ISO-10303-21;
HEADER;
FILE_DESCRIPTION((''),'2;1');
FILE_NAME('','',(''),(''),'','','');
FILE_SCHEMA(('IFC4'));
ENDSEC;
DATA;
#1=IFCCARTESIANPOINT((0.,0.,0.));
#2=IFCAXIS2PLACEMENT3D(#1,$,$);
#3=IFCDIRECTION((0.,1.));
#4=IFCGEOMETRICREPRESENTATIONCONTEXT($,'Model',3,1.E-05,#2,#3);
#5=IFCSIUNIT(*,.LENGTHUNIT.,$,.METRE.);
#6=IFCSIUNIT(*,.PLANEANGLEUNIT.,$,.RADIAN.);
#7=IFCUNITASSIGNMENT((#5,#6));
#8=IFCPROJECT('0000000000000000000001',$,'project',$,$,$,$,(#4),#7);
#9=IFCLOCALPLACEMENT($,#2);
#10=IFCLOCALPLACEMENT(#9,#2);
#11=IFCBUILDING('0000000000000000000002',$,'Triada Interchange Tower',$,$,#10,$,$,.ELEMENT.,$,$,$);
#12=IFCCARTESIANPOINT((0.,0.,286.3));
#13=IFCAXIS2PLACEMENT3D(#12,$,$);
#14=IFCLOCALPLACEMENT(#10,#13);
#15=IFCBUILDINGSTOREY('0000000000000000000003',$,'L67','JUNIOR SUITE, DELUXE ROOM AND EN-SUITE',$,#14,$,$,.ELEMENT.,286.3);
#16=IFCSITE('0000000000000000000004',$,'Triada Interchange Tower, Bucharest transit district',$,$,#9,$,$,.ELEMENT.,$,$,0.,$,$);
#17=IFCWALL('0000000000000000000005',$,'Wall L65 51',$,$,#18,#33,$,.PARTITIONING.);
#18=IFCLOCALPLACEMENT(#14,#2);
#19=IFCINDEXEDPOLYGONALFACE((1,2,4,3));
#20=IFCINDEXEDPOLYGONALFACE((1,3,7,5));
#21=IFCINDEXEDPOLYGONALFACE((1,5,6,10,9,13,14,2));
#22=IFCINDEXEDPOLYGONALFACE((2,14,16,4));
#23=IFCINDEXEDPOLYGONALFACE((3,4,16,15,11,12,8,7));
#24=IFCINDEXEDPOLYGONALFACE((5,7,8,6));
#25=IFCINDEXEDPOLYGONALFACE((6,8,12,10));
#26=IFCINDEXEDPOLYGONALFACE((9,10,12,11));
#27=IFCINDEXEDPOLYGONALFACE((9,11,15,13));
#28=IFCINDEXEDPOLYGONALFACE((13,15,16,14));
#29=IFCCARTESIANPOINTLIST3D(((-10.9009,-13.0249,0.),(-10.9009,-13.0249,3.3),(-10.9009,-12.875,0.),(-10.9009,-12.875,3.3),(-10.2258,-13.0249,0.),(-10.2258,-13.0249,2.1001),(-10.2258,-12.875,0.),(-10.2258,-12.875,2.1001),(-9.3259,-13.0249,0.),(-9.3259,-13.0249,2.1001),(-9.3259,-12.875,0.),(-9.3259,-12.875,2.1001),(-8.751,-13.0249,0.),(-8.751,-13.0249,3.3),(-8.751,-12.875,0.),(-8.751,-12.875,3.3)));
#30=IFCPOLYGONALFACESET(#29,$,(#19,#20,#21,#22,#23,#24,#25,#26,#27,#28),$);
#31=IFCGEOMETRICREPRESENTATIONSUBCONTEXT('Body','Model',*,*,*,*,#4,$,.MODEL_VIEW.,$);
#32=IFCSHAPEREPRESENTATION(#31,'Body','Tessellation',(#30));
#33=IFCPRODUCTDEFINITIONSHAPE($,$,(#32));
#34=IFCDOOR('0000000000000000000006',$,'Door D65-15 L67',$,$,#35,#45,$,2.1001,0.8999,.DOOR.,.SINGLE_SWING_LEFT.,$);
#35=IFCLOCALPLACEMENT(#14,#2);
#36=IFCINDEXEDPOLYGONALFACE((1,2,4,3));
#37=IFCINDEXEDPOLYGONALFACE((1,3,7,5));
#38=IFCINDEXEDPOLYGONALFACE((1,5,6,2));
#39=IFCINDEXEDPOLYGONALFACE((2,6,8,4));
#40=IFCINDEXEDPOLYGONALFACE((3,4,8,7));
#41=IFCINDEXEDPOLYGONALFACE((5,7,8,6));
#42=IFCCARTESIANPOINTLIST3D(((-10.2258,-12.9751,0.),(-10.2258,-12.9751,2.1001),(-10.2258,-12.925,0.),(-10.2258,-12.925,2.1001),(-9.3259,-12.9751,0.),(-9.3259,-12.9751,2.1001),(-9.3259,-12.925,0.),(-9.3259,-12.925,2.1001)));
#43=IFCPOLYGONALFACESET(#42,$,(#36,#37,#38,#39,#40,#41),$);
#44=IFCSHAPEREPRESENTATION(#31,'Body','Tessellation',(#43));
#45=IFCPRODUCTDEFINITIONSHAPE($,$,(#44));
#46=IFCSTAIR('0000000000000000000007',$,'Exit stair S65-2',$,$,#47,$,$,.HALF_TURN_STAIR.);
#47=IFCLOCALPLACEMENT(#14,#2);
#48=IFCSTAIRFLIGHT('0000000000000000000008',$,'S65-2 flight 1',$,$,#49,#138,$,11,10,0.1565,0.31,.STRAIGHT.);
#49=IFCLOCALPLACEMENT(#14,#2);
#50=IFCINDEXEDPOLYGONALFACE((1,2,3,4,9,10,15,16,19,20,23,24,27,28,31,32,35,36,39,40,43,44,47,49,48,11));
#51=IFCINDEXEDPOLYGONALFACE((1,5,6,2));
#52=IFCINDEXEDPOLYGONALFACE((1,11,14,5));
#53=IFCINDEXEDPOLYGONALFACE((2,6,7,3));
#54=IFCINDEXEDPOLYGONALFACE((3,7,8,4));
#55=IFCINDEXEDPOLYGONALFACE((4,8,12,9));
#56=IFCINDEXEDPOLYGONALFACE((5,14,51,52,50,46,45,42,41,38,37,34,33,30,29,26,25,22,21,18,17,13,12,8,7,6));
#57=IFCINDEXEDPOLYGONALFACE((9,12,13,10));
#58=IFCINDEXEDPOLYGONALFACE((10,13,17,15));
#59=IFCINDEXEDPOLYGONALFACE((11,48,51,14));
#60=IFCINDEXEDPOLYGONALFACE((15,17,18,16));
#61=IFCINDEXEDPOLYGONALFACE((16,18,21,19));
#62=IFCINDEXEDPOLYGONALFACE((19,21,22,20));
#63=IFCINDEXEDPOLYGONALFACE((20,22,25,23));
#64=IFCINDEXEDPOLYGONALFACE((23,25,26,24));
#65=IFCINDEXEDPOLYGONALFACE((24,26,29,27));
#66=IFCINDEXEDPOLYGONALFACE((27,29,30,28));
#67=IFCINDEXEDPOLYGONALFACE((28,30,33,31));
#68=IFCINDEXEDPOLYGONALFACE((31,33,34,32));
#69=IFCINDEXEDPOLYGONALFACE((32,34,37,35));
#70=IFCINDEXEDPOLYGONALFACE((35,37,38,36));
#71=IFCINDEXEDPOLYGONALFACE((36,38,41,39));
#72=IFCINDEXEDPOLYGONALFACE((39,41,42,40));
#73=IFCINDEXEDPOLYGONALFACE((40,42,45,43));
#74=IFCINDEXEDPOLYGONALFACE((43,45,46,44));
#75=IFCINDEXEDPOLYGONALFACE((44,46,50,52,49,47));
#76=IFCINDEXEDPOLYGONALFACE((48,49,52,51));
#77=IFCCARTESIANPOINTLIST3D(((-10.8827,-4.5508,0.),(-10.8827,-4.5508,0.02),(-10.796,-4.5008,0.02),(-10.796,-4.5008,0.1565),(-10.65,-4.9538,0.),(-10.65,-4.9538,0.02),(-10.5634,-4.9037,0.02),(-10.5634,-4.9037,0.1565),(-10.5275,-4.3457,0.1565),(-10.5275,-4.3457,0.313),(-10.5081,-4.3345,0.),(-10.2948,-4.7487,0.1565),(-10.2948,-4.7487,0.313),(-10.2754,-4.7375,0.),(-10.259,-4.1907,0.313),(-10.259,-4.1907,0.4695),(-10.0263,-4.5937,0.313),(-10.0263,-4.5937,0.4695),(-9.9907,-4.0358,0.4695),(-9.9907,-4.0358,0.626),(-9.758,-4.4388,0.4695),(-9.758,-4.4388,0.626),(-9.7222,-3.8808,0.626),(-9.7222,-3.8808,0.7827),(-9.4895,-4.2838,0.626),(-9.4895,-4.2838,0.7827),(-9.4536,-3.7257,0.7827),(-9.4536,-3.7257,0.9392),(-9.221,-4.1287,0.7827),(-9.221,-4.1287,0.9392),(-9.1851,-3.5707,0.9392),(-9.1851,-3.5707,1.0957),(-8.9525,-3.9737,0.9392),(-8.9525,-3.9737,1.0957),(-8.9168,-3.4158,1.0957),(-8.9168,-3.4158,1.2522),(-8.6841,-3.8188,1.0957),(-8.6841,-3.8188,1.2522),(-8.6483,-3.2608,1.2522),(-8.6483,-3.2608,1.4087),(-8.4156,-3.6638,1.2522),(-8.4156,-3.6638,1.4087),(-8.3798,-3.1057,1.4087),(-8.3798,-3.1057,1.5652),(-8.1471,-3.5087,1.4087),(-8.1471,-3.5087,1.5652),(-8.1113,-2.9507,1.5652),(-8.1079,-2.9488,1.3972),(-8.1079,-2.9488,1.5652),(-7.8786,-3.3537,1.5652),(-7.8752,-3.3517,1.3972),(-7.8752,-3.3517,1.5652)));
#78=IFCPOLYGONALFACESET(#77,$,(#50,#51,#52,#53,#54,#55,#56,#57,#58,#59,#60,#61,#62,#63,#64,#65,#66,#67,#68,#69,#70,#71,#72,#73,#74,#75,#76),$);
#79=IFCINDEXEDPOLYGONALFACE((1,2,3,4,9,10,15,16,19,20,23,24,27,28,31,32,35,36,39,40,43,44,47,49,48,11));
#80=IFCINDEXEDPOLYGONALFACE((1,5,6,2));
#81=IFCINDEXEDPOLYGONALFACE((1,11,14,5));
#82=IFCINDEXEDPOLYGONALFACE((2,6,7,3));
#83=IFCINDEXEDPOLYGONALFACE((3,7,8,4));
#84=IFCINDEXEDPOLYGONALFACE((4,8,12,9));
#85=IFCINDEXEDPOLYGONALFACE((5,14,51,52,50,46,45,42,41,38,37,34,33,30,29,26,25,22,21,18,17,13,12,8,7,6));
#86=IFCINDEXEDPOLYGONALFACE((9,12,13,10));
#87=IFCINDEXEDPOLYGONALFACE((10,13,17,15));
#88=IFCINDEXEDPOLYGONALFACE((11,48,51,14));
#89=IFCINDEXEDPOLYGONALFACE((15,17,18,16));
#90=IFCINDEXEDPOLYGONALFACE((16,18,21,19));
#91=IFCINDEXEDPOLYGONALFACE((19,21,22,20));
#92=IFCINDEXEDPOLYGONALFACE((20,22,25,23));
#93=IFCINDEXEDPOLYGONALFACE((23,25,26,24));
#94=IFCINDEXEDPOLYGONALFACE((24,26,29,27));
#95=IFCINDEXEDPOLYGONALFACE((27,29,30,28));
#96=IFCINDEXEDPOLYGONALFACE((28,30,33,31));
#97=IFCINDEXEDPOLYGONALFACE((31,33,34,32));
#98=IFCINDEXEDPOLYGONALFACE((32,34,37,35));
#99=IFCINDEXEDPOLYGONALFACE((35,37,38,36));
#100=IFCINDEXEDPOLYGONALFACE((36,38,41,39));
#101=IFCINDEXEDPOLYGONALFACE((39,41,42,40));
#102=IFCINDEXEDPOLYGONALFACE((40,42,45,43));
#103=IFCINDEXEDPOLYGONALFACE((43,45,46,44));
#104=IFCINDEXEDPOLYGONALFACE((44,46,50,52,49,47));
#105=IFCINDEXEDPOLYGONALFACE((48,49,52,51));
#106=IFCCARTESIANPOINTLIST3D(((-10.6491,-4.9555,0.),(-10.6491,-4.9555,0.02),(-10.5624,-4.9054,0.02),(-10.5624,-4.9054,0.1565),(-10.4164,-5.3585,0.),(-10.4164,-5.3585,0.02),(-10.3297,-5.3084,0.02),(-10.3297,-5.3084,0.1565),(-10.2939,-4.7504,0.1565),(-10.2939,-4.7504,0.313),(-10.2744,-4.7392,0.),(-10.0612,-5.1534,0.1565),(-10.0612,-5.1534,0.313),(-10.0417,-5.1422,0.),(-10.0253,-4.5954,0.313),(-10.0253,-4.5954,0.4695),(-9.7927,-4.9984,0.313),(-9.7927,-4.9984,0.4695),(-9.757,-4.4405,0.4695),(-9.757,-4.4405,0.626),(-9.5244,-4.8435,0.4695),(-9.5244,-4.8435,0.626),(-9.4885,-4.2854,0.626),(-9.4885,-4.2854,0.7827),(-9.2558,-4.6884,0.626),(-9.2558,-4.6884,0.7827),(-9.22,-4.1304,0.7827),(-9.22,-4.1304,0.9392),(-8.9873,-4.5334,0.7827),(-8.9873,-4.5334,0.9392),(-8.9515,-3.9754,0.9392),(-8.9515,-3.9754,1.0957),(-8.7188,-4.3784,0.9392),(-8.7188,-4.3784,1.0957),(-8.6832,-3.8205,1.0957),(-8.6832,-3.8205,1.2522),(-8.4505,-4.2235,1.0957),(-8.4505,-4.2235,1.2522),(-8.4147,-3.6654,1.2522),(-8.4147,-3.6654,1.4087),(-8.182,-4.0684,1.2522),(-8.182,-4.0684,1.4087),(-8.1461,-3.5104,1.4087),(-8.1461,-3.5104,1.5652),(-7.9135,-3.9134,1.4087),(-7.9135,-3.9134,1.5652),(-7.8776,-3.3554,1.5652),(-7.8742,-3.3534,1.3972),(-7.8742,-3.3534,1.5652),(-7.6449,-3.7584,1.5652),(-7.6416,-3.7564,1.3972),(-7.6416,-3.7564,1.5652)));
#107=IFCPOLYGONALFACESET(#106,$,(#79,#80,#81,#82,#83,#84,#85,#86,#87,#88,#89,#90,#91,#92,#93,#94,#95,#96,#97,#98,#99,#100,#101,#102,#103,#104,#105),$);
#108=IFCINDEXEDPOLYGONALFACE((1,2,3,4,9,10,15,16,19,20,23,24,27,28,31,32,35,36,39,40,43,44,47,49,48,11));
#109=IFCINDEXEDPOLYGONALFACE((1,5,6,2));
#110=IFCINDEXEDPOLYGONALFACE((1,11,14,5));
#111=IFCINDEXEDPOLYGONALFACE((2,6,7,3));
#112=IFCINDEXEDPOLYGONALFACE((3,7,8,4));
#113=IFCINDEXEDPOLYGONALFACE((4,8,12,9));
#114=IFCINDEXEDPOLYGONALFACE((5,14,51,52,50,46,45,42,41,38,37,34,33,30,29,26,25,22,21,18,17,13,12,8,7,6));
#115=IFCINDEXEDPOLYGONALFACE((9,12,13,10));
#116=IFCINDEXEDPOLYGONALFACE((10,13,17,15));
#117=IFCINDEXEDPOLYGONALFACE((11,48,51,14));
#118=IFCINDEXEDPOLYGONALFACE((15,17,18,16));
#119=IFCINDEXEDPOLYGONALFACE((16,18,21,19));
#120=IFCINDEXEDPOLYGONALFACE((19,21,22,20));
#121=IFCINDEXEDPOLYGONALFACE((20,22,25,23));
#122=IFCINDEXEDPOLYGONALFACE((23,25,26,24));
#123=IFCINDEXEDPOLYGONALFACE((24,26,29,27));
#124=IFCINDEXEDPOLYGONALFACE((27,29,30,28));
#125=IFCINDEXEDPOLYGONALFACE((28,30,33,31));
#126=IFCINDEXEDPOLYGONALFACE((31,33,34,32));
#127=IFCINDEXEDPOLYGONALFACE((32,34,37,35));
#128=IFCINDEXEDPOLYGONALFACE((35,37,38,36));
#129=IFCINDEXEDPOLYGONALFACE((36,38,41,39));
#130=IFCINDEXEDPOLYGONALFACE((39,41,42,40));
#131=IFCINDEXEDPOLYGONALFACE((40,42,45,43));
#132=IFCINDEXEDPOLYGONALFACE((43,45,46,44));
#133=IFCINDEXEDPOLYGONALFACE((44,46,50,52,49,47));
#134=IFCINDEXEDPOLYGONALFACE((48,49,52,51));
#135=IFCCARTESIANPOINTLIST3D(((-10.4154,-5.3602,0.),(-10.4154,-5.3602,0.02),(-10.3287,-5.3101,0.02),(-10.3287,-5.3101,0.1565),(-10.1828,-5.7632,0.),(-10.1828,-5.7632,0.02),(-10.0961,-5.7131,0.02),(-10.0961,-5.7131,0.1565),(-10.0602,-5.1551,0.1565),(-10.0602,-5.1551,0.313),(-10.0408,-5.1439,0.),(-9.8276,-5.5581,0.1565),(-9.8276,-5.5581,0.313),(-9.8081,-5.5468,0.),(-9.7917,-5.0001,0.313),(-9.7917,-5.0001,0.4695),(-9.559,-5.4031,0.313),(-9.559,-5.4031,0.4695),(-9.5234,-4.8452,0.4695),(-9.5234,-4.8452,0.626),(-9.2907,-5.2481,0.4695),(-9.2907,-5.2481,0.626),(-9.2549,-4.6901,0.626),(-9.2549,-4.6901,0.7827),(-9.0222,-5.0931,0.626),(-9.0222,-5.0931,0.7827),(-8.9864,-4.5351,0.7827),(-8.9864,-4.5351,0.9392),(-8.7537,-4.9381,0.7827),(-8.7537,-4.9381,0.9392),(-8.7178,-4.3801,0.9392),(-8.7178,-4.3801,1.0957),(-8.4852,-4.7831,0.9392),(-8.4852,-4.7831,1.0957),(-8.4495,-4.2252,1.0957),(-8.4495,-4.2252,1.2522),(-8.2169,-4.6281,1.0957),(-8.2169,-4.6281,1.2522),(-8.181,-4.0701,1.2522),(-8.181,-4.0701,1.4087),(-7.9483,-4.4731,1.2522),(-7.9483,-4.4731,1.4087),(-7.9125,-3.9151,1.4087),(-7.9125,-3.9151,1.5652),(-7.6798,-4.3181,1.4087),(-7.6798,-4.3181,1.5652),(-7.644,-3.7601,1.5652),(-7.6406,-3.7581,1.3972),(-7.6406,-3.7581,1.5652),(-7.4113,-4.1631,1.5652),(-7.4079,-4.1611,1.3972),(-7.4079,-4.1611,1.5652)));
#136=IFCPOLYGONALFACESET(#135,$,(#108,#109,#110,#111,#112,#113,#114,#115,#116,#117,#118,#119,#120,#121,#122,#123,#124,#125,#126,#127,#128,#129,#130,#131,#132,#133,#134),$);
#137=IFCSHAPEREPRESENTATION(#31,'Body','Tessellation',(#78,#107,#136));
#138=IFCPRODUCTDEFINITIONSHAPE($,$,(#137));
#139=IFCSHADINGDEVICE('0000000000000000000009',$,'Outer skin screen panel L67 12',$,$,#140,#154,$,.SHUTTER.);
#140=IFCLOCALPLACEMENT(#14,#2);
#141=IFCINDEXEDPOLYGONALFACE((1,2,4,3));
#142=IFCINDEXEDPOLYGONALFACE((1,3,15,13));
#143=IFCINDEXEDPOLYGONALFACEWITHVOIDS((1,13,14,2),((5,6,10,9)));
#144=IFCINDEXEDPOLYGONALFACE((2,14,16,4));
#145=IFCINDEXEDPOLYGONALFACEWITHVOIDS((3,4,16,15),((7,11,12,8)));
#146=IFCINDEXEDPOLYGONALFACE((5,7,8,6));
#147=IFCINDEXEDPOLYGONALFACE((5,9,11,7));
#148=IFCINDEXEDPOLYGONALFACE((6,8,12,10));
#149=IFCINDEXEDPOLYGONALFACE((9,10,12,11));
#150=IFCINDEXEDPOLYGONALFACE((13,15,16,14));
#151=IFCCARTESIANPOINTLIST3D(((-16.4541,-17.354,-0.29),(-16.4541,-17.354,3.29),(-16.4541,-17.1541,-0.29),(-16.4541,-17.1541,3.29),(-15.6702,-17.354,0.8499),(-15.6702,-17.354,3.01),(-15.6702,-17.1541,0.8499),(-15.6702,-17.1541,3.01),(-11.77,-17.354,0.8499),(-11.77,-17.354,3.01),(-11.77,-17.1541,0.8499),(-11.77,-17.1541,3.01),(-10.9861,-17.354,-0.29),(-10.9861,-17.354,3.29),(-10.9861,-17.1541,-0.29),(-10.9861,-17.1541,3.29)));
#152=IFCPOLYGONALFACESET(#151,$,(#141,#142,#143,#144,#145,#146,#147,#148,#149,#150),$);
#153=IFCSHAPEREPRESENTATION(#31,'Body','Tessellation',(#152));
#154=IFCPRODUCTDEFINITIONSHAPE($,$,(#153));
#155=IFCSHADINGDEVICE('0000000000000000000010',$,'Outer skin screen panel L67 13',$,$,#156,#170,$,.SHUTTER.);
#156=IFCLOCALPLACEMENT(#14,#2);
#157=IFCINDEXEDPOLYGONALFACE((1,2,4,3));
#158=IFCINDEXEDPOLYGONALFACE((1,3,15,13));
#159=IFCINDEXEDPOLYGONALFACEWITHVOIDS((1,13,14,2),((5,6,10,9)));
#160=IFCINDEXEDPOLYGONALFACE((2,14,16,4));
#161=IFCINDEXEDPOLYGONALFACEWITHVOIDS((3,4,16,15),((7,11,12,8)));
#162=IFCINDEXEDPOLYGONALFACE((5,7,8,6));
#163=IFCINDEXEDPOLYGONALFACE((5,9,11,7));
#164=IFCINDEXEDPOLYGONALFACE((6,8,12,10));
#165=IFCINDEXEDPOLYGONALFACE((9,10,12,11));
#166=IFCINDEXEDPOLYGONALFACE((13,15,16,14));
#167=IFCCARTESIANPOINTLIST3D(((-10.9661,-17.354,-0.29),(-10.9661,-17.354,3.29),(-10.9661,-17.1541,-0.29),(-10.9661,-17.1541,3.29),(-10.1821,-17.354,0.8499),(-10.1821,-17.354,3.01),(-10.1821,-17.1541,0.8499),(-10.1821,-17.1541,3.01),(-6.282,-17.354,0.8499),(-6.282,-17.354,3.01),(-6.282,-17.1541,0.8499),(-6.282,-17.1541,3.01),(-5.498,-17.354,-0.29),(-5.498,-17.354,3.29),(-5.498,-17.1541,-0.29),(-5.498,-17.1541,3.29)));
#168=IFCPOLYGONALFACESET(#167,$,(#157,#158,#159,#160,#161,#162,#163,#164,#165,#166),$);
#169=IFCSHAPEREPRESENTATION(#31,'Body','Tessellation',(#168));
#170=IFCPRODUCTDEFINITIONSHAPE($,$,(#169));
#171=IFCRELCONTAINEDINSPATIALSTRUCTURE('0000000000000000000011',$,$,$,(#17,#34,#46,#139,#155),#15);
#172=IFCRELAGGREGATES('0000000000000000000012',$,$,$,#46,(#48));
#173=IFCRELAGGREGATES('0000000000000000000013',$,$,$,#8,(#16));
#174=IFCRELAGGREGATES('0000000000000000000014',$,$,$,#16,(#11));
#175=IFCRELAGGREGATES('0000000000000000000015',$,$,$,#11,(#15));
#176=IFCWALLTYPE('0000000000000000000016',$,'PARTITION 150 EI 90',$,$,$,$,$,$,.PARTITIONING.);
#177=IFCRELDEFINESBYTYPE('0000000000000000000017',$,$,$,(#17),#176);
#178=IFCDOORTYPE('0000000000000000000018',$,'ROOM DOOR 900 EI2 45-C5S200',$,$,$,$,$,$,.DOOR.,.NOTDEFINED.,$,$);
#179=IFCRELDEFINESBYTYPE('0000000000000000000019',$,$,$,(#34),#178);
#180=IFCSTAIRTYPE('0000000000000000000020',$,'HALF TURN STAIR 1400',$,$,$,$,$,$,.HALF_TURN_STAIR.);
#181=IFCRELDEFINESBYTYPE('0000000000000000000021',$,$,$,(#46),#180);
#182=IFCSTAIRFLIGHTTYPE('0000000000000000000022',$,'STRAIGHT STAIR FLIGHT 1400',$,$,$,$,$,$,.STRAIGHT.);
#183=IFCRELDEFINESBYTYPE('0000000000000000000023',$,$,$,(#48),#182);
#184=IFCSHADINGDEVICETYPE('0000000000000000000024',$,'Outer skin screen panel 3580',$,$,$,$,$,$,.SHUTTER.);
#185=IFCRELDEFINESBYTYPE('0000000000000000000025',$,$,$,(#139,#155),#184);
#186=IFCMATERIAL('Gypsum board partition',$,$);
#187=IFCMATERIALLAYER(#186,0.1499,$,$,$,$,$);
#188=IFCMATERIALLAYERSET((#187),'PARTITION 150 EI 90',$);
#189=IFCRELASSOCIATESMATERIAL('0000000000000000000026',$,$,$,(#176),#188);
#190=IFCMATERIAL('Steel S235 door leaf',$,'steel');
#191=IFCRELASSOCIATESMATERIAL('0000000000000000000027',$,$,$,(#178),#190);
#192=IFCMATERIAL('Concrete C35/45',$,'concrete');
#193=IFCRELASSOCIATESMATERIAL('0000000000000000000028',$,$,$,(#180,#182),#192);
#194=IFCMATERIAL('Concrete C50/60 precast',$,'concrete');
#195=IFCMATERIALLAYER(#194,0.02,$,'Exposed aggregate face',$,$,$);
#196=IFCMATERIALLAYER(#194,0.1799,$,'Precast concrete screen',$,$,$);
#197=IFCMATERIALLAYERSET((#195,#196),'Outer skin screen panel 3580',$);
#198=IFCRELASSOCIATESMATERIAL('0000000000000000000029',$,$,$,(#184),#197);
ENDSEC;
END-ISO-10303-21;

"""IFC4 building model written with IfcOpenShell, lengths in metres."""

from ifc_helpers import new_model, si_unit, direction, frame, frame_2d, origin, place, context, subcontext, project, spatial, polyline, rectangle, outline, extrude, material, layer, layer_set, type_object, element, fill, aggregate, save


model = new_model("IFC4")

# Units and contexts
model_context = context("Model", 3, precision=1e-05, world=origin(), true_north=direction((0.0, 1.0)))
body_context = subcontext(model_context, "Body", "Model", "MODEL_VIEW")
ifc_project = project(units=[si_unit("LENGTHUNIT", "METRE"), si_unit("PLANEANGLEUNIT", "RADIAN")], contexts=[model_context])

# Site, building, storey
site_placement = place(None, origin())
site = spatial("IfcSite", under=ifc_project, at=site_placement, Name="Triada Interchange Tower, Bucharest transit district", CompositionType="ELEMENT", RefElevation=0.0)
building_placement = place(site_placement, origin())
building = spatial("IfcBuilding", under=site, at=building_placement, Name="Triada Interchange Tower", CompositionType="ELEMENT")
storey_placement = place(building_placement, frame((0.0, 0.0, 286.3)))
storey = spatial("IfcBuildingStorey", under=building, at=storey_placement, Name="L67", Description="JUNIOR SUITE, DELUXE ROOM AND EN-SUITE", CompositionType="ELEMENT", Elevation=286.3)

# Shared definitions
ifc_material_1 = material(Name="Steel S235 door leaf", Category="steel")

# Shared definitions
ifc_material_2 = material(Name="Gypsum board partition")
ifc_layer_1 = layer(ifc_material_2, 0.1499)
ifc_layer_set_1 = layer_set([ifc_layer_1], Name="PARTITION 150 EI 90")
wall_type_1 = type_object("IfcWallType", Name="PARTITION 150 EI 90", PredefinedType="PARTITIONING", material=ifc_layer_set_1)

# Wall, opening, door
wall_1_placement = place(storey_placement, frame((-10.9009, -12.95, 0.0), z_axis=(0.0, 0.0, 1.0), x_axis=(1.0, 0.0, 0.0)))
wall_1 = element("IfcWall", 1, at=wall_1_placement, inside=storey, type_object=wall_type_1, Name="Wall L65 51", PredefinedType="PARTITIONING", context=body_context, shape_type="SweptSolid", body=[
    extrude(rectangle(XDim=2.1499, YDim=0.1499, at=frame_2d((1.075, 0.0))), origin(), (0.0, 0.0, 1.0), 3.3),
])
opening_1_placement = place(wall_1_placement, frame((0.675, 0.0, 0.0)))
opening_1 = element("IfcOpeningElement", 2, at=opening_1_placement, cuts=wall_1, PredefinedType="OPENING", context=body_context, shape_type="SweptSolid", body=[
    extrude(rectangle(XDim=0.8999, YDim=2.1001, at=frame_2d((0.45, 1.05))), frame((0.0, 0.085, 0.0), z_axis=(0.0, -1.0, 0.0), x_axis=(1.0, 0.0, 0.0)), (0.0, 0.0, 1.0), 0.1699),
])
door_type_1 = type_object("IfcDoorType", Name="ROOM DOOR 900 EI2 45-C5S200", OperationType="NOTDEFINED", PredefinedType="DOOR", material=ifc_material_1)
door_1_placement = place(opening_1_placement, origin())
door_1 = element("IfcDoor", 3, at=door_1_placement, inside=storey, type_object=door_type_1, Name="Door D65-15 L67", OperationType="SINGLE_SWING_LEFT", OverallHeight=2.1001, OverallWidth=0.8999, PredefinedType="DOOR", context=body_context, shape_type="SweptSolid", body=[
    extrude(rectangle(XDim=0.8999, YDim=2.1001, at=frame_2d((0.45, 1.05))), frame((0.0, 0.0249, 0.0), z_axis=(0.0, -1.0, 0.0), x_axis=(1.0, 0.0, 0.0)), (0.0, 0.0, 1.0), 0.05),
])
fill(opening_1, door_1)

# Stair, stair flight
ifc_material_3 = material(Name="Concrete C35/45", Category="concrete")
stair_type = type_object("IfcStairType", Name="HALF TURN STAIR 1400", PredefinedType="HALF_TURN_STAIR", material=ifc_material_3)
stair_placement = place(storey_placement, origin())
stair = element("IfcStair", 4, at=stair_placement, inside=storey, type_object=stair_type, Name="Exit stair S65-2", PredefinedType="HALF_TURN_STAIR")
stair_flight_type = type_object("IfcStairFlightType", Name="STRAIGHT STAIR FLIGHT 1400", PredefinedType="STRAIGHT", material=ifc_material_3)
stair_flight_placement = place(storey_placement, frame((-10.446, -5.1069, 0.0), z_axis=(0.0, 0.0, 1.0), x_axis=(0.866025, 0.5, 0.0)))
stair_flight = element("IfcStairFlight", 5, at=stair_flight_placement, type_object=stair_flight_type, Name="S65-2 flight 1", NumberOfRisers=11, NumberOfTreads=10, PredefinedType="STRAIGHT", RiserHeight=0.1565, TreadLength=0.31, context=body_context, shape_type="SweptSolid", body=[
    extrude(outline(polyline([(-0.1001, 0.0), (-0.1001, 0.02), (0.0, 0.02), (0.0, 0.1565), (0.3101, 0.1565), (0.3101, 0.313), (0.6201, 0.313), (0.6201, 0.4695), (0.9299, 0.4695), (0.9299, 0.626), (1.24, 0.626), (1.24, 0.7827), (1.55, 0.7827), (1.55, 0.9392), (1.8601, 0.9392), (1.8601, 1.0957), (2.1699, 1.0957), (2.1699, 1.2522), (2.48, 1.2522), (2.48, 1.4087), (2.79, 1.4087), (2.79, 1.5652), (3.1001, 1.5652), (3.104, 1.5652), (3.104, 1.7217), (3.104, 1.3972), (0.3325, 0.0), (-0.1001, 0.0)])), frame((0.0, 0.7, 0.0), z_axis=(0.0, -1.0, 0.0), x_axis=(1.0, 0.0, 0.0)), (0.0, 0.0, 1.0), 0.4653),
    extrude(outline(polyline([(-0.1001, 0.0), (-0.1001, 0.02), (0.0, 0.02), (0.0, 0.1565), (0.3101, 0.1565), (0.3101, 0.313), (0.6201, 0.313), (0.6201, 0.4695), (0.9299, 0.4695), (0.9299, 0.626), (1.24, 0.626), (1.24, 0.7827), (1.55, 0.7827), (1.55, 0.9392), (1.8601, 0.9392), (1.8601, 1.0957), (2.1699, 1.0957), (2.1699, 1.2522), (2.48, 1.2522), (2.48, 1.4087), (2.79, 1.4087), (2.79, 1.5652), (3.1001, 1.5652), (3.104, 1.5652), (3.104, 1.7217), (3.104, 1.3972), (0.3325, 0.0), (-0.1001, 0.0)])), frame((0.0, 0.2327, 0.0), z_axis=(0.0, -1.0, 0.0), x_axis=(1.0, 0.0, 0.0)), (0.0, 0.0, 1.0), 0.4653),
    extrude(outline(polyline([(-0.1001, 0.0), (-0.1001, 0.02), (0.0, 0.02), (0.0, 0.1565), (0.3101, 0.1565), (0.3101, 0.313), (0.6201, 0.313), (0.6201, 0.4695), (0.9299, 0.4695), (0.9299, 0.626), (1.24, 0.626), (1.24, 0.7827), (1.55, 0.7827), (1.55, 0.9392), (1.8601, 0.9392), (1.8601, 1.0957), (2.1699, 1.0957), (2.1699, 1.2522), (2.48, 1.2522), (2.48, 1.4087), (2.79, 1.4087), (2.79, 1.5652), (3.1001, 1.5652), (3.104, 1.5652), (3.104, 1.7217), (3.104, 1.3972), (0.3325, 0.0), (-0.1001, 0.0)])), frame((0.0, -0.2346, 0.0), z_axis=(0.0, -1.0, 0.0), x_axis=(1.0, 0.0, 0.0)), (0.0, 0.0, 1.0), 0.4653),
])

# Shading devices
ifc_material_4 = material(Name="Concrete C50/60 precast", Category="concrete")
ifc_layer_2 = layer(ifc_material_4, 0.02, Name="Exposed aggregate face")
ifc_layer_3 = layer(ifc_material_4, 0.1799, Name="Precast concrete screen")
ifc_layer_set_2 = layer_set([ifc_layer_2, ifc_layer_3], Name="Outer skin screen panel 3580")
shading_device_type = type_object("IfcShadingDeviceType", Name="Outer skin screen panel 3580", PredefinedType="SHUTTER", material=ifc_layer_set_2)
for number, where, z_axis, x_axis, name in (
    (6, (-16.4541, -17.1541, -0.29), (0.0, 0.0, 1.0), (1.0, 0.0, 0.0), "Outer skin screen panel L67 12"),
    (7, (-10.9661, -17.1541, -0.29), (0.0, 0.0, 1.0), (1.0, 0.0, 0.0), "Outer skin screen panel L67 13"),
):
    element("IfcShadingDevice", number, at=place(storey_placement, frame(where, z_axis=z_axis, x_axis=x_axis)), inside=storey, type_object=shading_device_type, Name=name, PredefinedType="SHUTTER", context=body_context, shape_type="SweptSolid", body=[
        extrude(outline(polyline([(0.0, 0.0), (5.468, 0.0), (5.468, 3.5801), (0.0, 3.5801), (0.0, 0.0)]), holes=[polyline([(0.7839, 1.1399), (0.7839, 3.3), (4.6841, 3.3), (4.6841, 1.1399), (0.7839, 1.1399)])]), frame((0.0, 0.0, 0.0), z_axis=(0.0, -1.0, 0.0), x_axis=(1.0, 0.0, 0.0)), (0.0, 0.0, 1.0), 0.2),
    ])

aggregate(stair, [stair_flight])

save(model, "model.ifc")
